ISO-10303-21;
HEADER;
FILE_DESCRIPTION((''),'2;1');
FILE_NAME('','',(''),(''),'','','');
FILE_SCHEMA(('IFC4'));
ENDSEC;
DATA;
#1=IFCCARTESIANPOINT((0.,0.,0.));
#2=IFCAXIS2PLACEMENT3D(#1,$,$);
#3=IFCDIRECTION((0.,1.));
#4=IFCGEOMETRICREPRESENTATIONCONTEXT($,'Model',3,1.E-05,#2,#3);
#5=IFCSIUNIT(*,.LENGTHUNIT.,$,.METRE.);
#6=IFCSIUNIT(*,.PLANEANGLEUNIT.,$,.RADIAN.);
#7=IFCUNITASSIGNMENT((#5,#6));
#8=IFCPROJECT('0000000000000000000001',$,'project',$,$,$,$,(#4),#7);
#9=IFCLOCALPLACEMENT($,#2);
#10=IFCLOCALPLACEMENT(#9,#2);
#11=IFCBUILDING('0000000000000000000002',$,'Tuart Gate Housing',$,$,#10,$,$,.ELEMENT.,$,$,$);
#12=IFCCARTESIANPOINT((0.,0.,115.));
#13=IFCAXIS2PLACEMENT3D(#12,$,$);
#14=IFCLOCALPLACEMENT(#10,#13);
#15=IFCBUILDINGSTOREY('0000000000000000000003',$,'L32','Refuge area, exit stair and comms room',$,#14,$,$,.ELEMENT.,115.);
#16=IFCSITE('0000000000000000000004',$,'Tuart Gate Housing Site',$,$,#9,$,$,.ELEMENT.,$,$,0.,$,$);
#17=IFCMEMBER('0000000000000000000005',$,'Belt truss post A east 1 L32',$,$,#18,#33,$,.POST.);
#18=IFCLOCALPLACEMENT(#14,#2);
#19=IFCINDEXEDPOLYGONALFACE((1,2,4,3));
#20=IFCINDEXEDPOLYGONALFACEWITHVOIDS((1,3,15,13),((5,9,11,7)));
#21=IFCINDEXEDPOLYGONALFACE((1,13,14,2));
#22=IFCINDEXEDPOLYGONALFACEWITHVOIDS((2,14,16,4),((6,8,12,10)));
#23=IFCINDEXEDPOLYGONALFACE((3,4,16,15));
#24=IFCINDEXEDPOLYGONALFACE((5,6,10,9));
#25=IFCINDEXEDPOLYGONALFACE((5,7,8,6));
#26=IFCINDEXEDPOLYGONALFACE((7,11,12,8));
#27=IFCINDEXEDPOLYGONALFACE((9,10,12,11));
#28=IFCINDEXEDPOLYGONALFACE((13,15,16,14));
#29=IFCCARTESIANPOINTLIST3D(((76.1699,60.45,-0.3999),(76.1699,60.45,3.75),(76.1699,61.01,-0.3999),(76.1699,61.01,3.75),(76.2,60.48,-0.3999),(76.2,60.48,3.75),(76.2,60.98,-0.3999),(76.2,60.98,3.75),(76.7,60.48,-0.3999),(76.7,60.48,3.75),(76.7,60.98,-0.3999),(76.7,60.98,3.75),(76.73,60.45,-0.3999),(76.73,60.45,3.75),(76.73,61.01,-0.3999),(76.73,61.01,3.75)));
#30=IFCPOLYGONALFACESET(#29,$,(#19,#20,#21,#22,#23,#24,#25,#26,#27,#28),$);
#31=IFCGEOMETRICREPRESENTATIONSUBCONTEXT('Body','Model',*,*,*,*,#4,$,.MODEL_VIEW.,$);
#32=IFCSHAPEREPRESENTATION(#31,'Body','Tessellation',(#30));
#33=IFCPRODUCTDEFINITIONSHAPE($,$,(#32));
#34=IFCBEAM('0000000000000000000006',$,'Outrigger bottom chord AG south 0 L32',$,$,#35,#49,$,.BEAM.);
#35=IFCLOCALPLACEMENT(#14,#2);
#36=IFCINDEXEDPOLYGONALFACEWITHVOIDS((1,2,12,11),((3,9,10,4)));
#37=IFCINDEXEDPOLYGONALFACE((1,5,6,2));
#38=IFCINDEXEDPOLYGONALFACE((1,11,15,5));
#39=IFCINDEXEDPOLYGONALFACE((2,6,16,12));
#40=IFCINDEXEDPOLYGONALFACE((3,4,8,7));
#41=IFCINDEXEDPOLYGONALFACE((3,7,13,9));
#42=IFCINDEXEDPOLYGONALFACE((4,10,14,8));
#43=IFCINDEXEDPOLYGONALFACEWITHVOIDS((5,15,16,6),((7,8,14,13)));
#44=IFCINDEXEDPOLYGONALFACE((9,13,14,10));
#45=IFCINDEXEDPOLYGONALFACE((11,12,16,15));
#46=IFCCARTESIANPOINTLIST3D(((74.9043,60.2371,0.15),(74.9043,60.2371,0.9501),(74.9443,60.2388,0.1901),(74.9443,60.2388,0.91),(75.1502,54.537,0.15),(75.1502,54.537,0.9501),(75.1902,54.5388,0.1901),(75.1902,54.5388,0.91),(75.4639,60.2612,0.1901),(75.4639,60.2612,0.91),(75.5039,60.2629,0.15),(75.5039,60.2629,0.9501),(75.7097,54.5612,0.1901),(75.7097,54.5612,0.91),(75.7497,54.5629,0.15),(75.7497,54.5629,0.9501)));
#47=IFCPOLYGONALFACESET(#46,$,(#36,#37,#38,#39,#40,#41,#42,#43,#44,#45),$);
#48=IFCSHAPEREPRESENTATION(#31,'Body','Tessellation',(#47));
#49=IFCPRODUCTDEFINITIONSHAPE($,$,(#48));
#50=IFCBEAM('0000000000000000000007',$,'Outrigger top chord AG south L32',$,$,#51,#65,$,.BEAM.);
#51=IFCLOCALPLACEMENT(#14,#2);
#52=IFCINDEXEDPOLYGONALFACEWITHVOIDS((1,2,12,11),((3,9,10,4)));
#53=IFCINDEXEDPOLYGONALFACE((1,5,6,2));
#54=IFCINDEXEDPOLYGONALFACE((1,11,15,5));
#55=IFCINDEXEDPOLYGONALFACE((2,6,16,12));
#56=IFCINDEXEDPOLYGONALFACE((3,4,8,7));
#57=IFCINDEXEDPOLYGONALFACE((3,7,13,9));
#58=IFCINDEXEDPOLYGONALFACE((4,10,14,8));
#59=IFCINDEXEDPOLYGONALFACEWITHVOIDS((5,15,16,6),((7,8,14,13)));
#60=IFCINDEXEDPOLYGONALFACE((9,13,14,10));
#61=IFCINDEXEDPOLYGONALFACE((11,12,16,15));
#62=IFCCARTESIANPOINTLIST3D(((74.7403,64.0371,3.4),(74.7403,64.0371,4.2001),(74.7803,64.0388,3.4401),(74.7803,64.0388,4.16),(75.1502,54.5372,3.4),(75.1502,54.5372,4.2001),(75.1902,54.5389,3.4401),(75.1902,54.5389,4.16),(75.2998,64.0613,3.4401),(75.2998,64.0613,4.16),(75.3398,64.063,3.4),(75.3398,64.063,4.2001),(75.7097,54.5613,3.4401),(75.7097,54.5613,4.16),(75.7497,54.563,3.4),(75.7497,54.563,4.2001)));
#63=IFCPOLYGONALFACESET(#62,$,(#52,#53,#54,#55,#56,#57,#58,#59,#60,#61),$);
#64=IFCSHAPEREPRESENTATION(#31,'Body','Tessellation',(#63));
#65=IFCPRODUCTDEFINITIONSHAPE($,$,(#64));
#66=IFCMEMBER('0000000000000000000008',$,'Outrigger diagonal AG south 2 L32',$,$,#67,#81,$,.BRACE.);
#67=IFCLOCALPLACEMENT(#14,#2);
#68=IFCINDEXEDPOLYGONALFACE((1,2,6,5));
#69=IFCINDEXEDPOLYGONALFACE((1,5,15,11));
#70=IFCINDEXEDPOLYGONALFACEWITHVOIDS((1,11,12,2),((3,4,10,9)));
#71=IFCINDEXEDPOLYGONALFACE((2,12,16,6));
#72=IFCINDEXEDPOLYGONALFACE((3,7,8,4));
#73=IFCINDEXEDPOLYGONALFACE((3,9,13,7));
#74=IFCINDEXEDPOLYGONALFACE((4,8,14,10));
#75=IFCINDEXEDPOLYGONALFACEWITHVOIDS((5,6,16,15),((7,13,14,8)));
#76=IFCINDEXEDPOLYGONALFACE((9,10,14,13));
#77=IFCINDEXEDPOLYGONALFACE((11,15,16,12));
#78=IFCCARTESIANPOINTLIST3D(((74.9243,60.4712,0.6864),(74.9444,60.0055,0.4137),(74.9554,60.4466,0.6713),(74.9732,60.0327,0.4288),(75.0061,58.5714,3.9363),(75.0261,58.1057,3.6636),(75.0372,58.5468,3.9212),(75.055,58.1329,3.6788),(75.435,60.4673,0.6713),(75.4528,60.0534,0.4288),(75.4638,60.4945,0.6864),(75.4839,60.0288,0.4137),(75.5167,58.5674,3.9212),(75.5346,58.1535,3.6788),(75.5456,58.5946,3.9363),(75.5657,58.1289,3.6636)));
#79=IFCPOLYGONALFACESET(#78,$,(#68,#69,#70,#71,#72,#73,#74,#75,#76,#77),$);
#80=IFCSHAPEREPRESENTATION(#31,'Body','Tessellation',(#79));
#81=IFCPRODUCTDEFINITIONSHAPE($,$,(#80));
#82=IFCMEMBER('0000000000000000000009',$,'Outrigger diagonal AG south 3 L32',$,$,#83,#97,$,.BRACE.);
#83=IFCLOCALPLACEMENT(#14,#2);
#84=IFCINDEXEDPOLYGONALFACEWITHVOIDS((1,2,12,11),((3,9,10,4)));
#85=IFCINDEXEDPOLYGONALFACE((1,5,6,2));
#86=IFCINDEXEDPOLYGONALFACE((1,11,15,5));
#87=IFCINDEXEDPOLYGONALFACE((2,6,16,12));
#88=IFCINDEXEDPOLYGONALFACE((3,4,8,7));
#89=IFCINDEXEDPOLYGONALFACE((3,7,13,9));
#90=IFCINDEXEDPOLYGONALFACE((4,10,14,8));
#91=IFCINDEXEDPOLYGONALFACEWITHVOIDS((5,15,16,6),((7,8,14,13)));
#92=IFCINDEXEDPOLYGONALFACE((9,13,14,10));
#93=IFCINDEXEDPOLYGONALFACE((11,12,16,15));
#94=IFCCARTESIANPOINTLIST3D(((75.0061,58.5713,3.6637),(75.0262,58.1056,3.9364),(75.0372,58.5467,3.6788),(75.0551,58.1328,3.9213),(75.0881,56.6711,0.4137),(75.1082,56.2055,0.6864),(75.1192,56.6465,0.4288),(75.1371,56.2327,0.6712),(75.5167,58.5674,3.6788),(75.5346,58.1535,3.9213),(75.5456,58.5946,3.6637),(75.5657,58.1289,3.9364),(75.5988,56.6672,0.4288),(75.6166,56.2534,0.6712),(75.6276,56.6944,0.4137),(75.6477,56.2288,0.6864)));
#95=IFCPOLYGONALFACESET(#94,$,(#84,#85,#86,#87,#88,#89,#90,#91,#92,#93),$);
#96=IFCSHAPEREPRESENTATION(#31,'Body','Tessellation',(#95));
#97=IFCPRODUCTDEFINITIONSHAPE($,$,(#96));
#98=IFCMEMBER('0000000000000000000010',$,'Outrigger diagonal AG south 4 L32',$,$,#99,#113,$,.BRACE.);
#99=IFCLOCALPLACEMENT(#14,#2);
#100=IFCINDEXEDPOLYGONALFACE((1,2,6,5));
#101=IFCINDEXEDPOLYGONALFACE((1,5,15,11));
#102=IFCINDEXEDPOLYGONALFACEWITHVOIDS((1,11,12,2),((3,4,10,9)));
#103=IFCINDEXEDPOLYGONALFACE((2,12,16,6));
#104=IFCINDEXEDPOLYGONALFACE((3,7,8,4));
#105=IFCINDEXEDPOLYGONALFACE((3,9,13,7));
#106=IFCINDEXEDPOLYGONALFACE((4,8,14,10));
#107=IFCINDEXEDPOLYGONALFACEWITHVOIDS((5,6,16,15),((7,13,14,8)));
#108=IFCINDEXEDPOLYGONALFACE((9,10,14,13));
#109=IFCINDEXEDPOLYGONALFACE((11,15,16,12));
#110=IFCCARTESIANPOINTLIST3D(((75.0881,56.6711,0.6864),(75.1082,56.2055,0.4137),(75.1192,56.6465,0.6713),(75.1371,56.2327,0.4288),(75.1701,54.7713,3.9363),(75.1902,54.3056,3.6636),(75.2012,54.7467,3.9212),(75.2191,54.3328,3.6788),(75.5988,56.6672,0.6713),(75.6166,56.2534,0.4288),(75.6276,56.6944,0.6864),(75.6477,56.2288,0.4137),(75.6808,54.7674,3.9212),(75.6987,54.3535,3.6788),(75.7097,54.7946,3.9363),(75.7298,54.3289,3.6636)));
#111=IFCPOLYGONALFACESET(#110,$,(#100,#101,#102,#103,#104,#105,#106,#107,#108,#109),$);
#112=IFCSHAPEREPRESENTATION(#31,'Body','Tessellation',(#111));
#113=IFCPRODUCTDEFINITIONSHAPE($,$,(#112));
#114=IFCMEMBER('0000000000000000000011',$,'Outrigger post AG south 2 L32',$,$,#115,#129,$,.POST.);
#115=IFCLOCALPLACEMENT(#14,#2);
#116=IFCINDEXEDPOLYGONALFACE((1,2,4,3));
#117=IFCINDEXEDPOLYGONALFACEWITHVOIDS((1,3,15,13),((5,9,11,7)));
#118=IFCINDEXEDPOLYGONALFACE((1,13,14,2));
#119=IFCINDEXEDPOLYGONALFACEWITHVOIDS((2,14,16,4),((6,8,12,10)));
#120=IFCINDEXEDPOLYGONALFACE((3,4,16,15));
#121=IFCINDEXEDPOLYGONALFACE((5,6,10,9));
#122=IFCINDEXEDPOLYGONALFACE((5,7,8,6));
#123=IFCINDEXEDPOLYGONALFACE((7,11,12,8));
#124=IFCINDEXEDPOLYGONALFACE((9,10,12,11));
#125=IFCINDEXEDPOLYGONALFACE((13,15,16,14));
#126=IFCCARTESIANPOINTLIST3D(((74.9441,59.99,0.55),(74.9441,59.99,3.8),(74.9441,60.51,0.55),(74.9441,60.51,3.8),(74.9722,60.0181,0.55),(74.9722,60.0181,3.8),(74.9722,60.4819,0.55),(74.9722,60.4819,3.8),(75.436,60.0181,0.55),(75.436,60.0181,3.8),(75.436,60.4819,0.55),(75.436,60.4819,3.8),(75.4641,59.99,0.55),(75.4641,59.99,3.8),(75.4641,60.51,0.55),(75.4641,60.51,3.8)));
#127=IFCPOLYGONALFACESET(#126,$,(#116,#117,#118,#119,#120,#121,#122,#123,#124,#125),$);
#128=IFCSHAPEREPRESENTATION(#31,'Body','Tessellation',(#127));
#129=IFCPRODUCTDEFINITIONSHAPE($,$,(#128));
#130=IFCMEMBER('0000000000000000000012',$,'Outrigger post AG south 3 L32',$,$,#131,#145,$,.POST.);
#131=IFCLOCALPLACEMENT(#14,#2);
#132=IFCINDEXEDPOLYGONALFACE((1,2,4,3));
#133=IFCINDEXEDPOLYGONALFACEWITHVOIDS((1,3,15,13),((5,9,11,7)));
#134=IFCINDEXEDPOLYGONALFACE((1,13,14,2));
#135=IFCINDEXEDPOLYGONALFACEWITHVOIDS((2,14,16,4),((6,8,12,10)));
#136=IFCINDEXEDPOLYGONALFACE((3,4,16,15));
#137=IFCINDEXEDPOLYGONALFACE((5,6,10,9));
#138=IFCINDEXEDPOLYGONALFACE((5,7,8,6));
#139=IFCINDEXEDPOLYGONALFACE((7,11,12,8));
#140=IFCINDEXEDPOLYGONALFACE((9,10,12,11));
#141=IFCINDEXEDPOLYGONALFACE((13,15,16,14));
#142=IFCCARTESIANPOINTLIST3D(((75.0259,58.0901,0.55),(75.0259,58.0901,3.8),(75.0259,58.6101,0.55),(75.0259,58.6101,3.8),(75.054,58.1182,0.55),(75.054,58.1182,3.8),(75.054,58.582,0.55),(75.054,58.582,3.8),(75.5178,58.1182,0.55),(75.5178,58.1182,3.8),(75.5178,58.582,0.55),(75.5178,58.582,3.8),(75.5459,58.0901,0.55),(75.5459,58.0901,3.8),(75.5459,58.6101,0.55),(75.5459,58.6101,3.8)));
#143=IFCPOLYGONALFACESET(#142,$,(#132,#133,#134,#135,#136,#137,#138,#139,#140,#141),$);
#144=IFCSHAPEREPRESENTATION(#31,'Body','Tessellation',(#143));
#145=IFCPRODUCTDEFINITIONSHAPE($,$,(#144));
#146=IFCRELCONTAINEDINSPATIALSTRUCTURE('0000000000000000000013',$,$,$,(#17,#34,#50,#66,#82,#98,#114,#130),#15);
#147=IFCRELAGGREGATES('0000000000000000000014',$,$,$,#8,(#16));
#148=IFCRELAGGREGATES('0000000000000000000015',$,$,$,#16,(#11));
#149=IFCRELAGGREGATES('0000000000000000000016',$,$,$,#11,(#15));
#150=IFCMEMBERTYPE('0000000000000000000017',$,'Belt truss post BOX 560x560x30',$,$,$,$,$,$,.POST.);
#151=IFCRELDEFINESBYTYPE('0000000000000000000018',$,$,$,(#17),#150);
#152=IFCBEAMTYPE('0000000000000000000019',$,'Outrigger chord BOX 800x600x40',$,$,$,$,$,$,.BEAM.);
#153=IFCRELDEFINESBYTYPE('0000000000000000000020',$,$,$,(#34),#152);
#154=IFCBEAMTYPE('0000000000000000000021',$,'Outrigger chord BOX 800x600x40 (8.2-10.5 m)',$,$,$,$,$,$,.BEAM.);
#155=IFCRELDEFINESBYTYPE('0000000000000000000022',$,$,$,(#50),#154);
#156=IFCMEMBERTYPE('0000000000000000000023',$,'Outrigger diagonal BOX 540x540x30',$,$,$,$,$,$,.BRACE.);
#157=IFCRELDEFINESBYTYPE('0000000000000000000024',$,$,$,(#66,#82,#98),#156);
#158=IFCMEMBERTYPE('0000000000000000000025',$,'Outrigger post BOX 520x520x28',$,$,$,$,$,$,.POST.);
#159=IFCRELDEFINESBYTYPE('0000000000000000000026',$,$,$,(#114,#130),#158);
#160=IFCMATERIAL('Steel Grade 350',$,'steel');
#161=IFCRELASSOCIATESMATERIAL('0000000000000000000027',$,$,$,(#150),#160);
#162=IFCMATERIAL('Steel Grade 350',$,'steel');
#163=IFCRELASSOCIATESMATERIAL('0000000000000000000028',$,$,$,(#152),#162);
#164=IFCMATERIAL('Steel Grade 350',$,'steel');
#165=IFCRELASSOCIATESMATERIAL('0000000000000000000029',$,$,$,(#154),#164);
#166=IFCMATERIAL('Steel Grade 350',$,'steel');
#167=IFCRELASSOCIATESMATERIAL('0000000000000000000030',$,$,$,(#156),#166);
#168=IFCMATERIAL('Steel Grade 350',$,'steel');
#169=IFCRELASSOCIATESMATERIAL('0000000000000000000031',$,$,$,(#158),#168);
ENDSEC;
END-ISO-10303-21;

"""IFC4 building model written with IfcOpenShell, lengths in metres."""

from ifc_helpers import new_model, si_unit, direction, frame, origin, origin_2d, place, context, subcontext, project, spatial, hollow_rectangle, extrude, material, material_profile, profile_set, type_object, element, save


model = new_model("IFC4")

# Units and contexts
model_context = context("Model", 3, precision=1e-05, world=origin(), true_north=direction((0.0, 1.0)))
body_context = subcontext(model_context, "Body", "Model", "MODEL_VIEW")
ifc_project = project(units=[si_unit("LENGTHUNIT", "METRE"), si_unit("PLANEANGLEUNIT", "RADIAN")], contexts=[model_context])

# Site, building, storey
site_placement = place(None, origin())
site = spatial("IfcSite", under=ifc_project, at=site_placement, Name="Tuart Gate Housing Site", CompositionType="ELEMENT", RefElevation=0.0)
building_placement = place(site_placement, origin())
building = spatial("IfcBuilding", under=site, at=building_placement, Name="Tuart Gate Housing", CompositionType="ELEMENT")
storey_placement = place(building_placement, frame((0.0, 0.0, 115.0)))
storey = spatial("IfcBuildingStorey", under=building, at=storey_placement, Name="L32", Description="Refuge area, exit stair and comms room", CompositionType="ELEMENT", Elevation=115.0)

# Member
ifc_material_1 = material(Name="Steel Grade 350", Category="steel")
ifc_material_profile_1 = material_profile(ifc_material_1, hollow_rectangle(XDim=0.5601, YDim=0.5601, WallThickness=0.03, at=origin_2d()), Name="BOX 560x560x30")
ifc_profile_set_1 = profile_set([ifc_material_profile_1], Name="Steel Grade 350")
member_type_1 = type_object("IfcMemberType", Name="Belt truss post BOX 560x560x30", PredefinedType="POST", material=ifc_profile_set_1)
member_1_placement = place(storey_placement, frame((76.45, 60.73, -0.3999), z_axis=(0.0, 0.0, 1.0), x_axis=(1.0, 0.0, 0.0)))
element("IfcMember", 1, at=member_1_placement, inside=storey, type_object=member_type_1, Name="Belt truss post A east 1 L32", PredefinedType="POST", context=body_context, shape_type="SweptSolid", body=[
    extrude(hollow_rectangle(XDim=0.5601, YDim=0.5601, WallThickness=0.03, at=origin_2d()), origin(), (0.0, 0.0, 1.0), 4.1499),
])

# Beams
ifc_material_2 = material(Name="Steel Grade 350", Category="steel")
ifc_material_profile_2 = material_profile(ifc_material_2, hollow_rectangle(XDim=0.6001, YDim=0.8, WallThickness=0.04, at=origin_2d()), Name="BOX 800x600x40")
ifc_profile_set_2 = profile_set([ifc_material_profile_2], Name="Steel Grade 350")
beam_type_1 = type_object("IfcBeamType", Name="Outrigger chord BOX 800x600x40", PredefinedType="BEAM", material=ifc_profile_set_2)
beam_1_placement = place(storey_placement, frame((75.2041, 60.25, 0.55), z_axis=(0.043092, -0.999071, 0.0), x_axis=(0.999071, 0.043092, 0.0)))
element("IfcBeam", 2, at=beam_1_placement, inside=storey, type_object=beam_type_1, Name="Outrigger bottom chord AG south 0 L32", PredefinedType="BEAM", context=body_context, shape_type="SweptSolid", body=[
    extrude(hollow_rectangle(XDim=0.6001, YDim=0.8, WallThickness=0.04, at=origin_2d()), origin(), (0.0, 0.0, 1.0), 5.7053),
])
ifc_material_3 = material(Name="Steel Grade 350", Category="steel")
ifc_material_profile_3 = material_profile(ifc_material_3, hollow_rectangle(XDim=0.6001, YDim=0.8, WallThickness=0.04, at=origin_2d()), Name="BOX 800x600x40")
ifc_profile_set_3 = profile_set([ifc_material_profile_3], Name="Steel Grade 350")
beam_type_2 = type_object("IfcBeamType", Name="Outrigger chord BOX 800x600x40 (8.2-10.5 m)", PredefinedType="BEAM", material=ifc_profile_set_3)
beam_2_placement = place(storey_placement, frame((75.04, 64.05, 3.8), z_axis=(0.043109, -0.99907, 0.0), x_axis=(0.99907, 0.043109, 0.0)))
element("IfcBeam", 3, at=beam_2_placement, inside=storey, type_object=beam_type_2, Name="Outrigger top chord AG south L32", PredefinedType="BEAM", context=body_context, shape_type="SweptSolid", body=[
    extrude(hollow_rectangle(XDim=0.6001, YDim=0.8, WallThickness=0.04, at=origin_2d()), origin(), (0.0, 0.0, 1.0), 9.5088),
])

# Members
ifc_material_4 = material(Name="Steel Grade 350", Category="steel")
ifc_material_profile_4 = material_profile(ifc_material_4, hollow_rectangle(XDim=0.54, YDim=0.54, WallThickness=0.03, at=origin_2d()), Name="BOX 540x540x30")
ifc_profile_set_4 = profile_set([ifc_material_profile_4], Name="Steel Grade 350")
member_type_2 = type_object("IfcMemberType", Name="Outrigger diagonal BOX 540x540x30", PredefinedType="BRACE", material=ifc_profile_set_4)
member_2_placement = place(storey_placement, frame((75.2041, 60.25, 0.55), z_axis=(0.02172, -0.504558, 0.863104), x_axis=(0.999075, 0.043008, 0.0)))
element("IfcMember", 4, at=member_2_placement, inside=storey, type_object=member_type_2, Name="Outrigger diagonal AG south 2 L32", PredefinedType="BRACE", context=body_context, shape_type="SweptSolid", body=[
    extrude(hollow_rectangle(XDim=0.54, YDim=0.54, WallThickness=0.03, at=origin_2d()), origin(), (0.0, 0.0, 1.0), 3.7654),
])
member_3_placement = place(storey_placement, frame((75.2859, 58.3501, 3.8), z_axis=(0.021784, -0.504606, -0.863075), x_axis=(0.999069, 0.043131, 0.0)))
element("IfcMember", 5, at=member_3_placement, inside=storey, type_object=member_type_2, Name="Outrigger diagonal AG south 3 L32", PredefinedType="BRACE", context=body_context, shape_type="SweptSolid", body=[
    extrude(hollow_rectangle(XDim=0.54, YDim=0.54, WallThickness=0.03, at=origin_2d()), origin(), (0.0, 0.0, 1.0), 3.7656),
])
member_4_placement = place(storey_placement, frame((75.3679, 56.45, 0.55), z_axis=(0.021785, -0.504557, 0.863103), x_axis=(0.999069, 0.043136, 0.0)))
element("IfcMember", 6, at=member_4_placement, inside=storey, type_object=member_type_2, Name="Outrigger diagonal AG south 4 L32", PredefinedType="BRACE", context=body_context, shape_type="SweptSolid", body=[
    extrude(hollow_rectangle(XDim=0.54, YDim=0.54, WallThickness=0.03, at=origin_2d()), origin(), (0.0, 0.0, 1.0), 3.7654),
])
ifc_material_5 = material(Name="Steel Grade 350", Category="steel")
ifc_material_profile_5 = material_profile(ifc_material_5, hollow_rectangle(XDim=0.52, YDim=0.52, WallThickness=0.0281, at=origin_2d()), Name="BOX 520x520x28")
ifc_profile_set_5 = profile_set([ifc_material_profile_5], Name="Steel Grade 350")
member_type_3 = type_object("IfcMemberType", Name="Outrigger post BOX 520x520x28", PredefinedType="POST", material=ifc_profile_set_5)
for number, where, z_axis, x_axis, name in (
    (7, (75.2041, 60.25, 0.55), (0.0, 0.0, 1.0), (1.0, 0.0, 0.0), "Outrigger post AG south 2 L32"),
    (8, (75.2859, 58.3501, 0.55), (0.0, 0.0, 1.0), (1.0, 0.0, 0.0), "Outrigger post AG south 3 L32"),
):
    element("IfcMember", number, at=place(storey_placement, frame(where, z_axis=z_axis, x_axis=x_axis)), inside=storey, type_object=member_type_3, Name=name, PredefinedType="POST", context=body_context, shape_type="SweptSolid", body=[
        extrude(hollow_rectangle(XDim=0.52, YDim=0.52, WallThickness=0.0281, at=origin_2d()), origin(), (0.0, 0.0, 1.0), 3.25),
    ])

save(model, "model.ifc")
